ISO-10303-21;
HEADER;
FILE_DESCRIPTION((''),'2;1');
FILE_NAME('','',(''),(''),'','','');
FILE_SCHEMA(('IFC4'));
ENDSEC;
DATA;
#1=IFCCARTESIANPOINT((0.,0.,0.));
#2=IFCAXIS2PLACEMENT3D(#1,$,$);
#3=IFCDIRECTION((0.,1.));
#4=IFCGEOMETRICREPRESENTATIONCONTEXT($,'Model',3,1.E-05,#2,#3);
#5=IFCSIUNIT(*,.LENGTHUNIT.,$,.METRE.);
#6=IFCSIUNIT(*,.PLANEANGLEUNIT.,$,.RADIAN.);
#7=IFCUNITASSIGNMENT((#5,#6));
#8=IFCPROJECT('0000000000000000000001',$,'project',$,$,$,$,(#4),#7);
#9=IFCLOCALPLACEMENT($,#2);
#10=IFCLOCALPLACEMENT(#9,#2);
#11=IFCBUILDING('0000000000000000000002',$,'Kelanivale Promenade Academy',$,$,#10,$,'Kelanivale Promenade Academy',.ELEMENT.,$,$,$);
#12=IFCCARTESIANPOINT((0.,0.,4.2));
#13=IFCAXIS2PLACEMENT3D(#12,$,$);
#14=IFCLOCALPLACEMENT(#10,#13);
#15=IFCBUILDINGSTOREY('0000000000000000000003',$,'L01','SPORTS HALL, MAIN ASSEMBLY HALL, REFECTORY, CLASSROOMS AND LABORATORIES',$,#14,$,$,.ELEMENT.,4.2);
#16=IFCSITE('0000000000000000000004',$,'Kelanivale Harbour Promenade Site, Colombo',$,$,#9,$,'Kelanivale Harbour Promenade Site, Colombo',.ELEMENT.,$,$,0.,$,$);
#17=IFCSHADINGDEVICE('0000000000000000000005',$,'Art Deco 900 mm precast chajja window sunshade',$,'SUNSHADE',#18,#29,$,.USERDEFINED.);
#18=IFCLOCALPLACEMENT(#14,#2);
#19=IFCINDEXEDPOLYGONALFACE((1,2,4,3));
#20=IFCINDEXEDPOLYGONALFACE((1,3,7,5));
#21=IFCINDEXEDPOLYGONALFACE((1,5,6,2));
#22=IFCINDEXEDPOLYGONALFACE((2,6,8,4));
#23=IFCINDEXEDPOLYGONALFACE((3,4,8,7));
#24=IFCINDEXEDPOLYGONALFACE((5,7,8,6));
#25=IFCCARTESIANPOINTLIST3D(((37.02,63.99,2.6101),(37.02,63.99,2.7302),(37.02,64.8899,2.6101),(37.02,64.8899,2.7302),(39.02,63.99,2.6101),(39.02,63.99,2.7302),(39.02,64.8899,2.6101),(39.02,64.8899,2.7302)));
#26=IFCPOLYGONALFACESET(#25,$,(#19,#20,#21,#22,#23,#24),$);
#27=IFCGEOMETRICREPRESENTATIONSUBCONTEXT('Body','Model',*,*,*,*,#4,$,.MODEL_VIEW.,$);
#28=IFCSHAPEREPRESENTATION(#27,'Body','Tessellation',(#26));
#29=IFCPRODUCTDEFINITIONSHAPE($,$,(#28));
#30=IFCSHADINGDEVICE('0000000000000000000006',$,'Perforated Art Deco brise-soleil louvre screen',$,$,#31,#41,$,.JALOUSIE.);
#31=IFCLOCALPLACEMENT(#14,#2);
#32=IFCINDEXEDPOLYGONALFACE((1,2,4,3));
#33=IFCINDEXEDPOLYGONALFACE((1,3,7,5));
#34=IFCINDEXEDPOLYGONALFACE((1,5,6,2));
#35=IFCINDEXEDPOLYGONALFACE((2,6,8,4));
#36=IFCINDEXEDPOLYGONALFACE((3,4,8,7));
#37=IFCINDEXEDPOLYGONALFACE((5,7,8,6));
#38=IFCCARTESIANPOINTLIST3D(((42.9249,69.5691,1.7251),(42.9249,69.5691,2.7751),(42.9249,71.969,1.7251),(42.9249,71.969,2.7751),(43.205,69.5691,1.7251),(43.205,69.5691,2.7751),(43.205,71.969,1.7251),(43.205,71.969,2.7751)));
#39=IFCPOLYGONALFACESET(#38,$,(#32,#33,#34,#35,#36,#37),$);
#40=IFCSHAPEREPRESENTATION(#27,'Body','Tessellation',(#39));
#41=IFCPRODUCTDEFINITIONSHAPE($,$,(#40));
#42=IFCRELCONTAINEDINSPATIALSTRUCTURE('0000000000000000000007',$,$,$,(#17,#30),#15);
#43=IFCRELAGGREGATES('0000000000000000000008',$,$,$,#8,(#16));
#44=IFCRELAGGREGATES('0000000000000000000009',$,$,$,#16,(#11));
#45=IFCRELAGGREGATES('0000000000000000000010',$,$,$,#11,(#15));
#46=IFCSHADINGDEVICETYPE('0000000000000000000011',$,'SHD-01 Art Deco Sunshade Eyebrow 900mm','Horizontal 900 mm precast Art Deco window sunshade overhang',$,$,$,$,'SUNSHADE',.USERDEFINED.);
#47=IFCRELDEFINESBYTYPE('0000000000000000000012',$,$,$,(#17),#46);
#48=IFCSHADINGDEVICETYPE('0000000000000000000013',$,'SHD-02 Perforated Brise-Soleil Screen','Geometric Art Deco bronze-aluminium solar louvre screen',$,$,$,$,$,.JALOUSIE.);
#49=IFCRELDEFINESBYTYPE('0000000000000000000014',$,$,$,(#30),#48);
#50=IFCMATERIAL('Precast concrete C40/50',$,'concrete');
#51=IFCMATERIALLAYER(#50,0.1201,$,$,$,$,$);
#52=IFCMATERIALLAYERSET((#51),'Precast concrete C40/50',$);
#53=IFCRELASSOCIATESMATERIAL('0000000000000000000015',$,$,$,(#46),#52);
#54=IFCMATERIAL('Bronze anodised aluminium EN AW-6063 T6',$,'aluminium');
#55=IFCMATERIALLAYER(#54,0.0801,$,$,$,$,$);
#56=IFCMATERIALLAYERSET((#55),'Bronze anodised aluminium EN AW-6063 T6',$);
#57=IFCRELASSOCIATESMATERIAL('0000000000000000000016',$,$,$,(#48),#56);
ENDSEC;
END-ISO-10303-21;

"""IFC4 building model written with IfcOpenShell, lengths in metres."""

from ifc_helpers import new_model, si_unit, direction, frame, origin, origin_2d, place, context, subcontext, project, spatial, rectangle, extrude, material, layer, layer_set, type_object, element, save


model = new_model("IFC4")

# Units and contexts
model_context = context("Model", 3, precision=1e-05, world=origin(), true_north=direction((0.0, 1.0)))
body_context = subcontext(model_context, "Body", "Model", "MODEL_VIEW")
ifc_project = project(units=[si_unit("LENGTHUNIT", "METRE"), si_unit("PLANEANGLEUNIT", "RADIAN")], contexts=[model_context])

# Site, building, storey
site_placement = place(None, origin())
site = spatial("IfcSite", under=ifc_project, at=site_placement, Name="Kelanivale Harbour Promenade Site, Colombo", LongName="Kelanivale Harbour Promenade Site, Colombo", CompositionType="ELEMENT", RefElevation=0.0)
building_placement = place(site_placement, origin())
building = spatial("IfcBuilding", under=site, at=building_placement, Name="Kelanivale Promenade Academy", LongName="Kelanivale Promenade Academy", CompositionType="ELEMENT")
storey_placement = place(building_placement, frame((0.0, 0.0, 4.2)))
storey = spatial("IfcBuildingStorey", under=building, at=storey_placement, Name="L01", Description="SPORTS HALL, MAIN ASSEMBLY HALL, REFECTORY, CLASSROOMS AND LABORATORIES", CompositionType="ELEMENT", Elevation=4.2)

# Shading devices
ifc_material_1 = material(Name="Precast concrete C40/50", Category="concrete")
ifc_layer_1 = layer(ifc_material_1, 0.1201)
ifc_layer_set_1 = layer_set([ifc_layer_1], Name="Precast concrete C40/50")
shading_device_type_1 = type_object("IfcShadingDeviceType", Name="SHD-01 Art Deco Sunshade Eyebrow 900mm", Description="Horizontal 900 mm precast Art Deco window sunshade overhang", ElementType="SUNSHADE", PredefinedType="USERDEFINED", material=ifc_layer_set_1)
shading_device_1_placement = place(storey_placement, frame((38.02, 64.4399, 2.6101), z_axis=(0.0, 0.0, 1.0), x_axis=(-1.0, 0.0, 0.0)))
element("IfcShadingDevice", 1, at=shading_device_1_placement, inside=storey, type_object=shading_device_type_1, Name="Art Deco 900 mm precast chajja window sunshade", ObjectType="SUNSHADE", PredefinedType="USERDEFINED", context=body_context, shape_type="SweptSolid", body=[
    extrude(rectangle(XDim=2.0, YDim=0.8999, at=origin_2d()), origin(), (0.0, 0.0, 1.0), 0.1201),
])
ifc_material_2 = material(Name="Bronze anodised aluminium EN AW-6063 T6", Category="aluminium")
ifc_layer_2 = layer(ifc_material_2, 0.0801)
ifc_layer_set_2 = layer_set([ifc_layer_2], Name="Bronze anodised aluminium EN AW-6063 T6")
shading_device_type_2 = type_object("IfcShadingDeviceType", Name="SHD-02 Perforated Brise-Soleil Screen", Description="Geometric Art Deco bronze-aluminium solar louvre screen", PredefinedType="JALOUSIE", material=ifc_layer_set_2)
shading_device_2_placement = place(storey_placement, frame((43.0649, 70.769, 1.7251), z_axis=(0.0, 0.0, 1.0), x_axis=(0.0, -1.0, 0.0)))
element("IfcShadingDevice", 2, at=shading_device_2_placement, inside=storey, type_object=shading_device_type_2, Name="Perforated Art Deco brise-soleil louvre screen", PredefinedType="JALOUSIE", context=body_context, shape_type="SweptSolid", body=[
    extrude(rectangle(XDim=2.3999, YDim=0.28, at=origin_2d()), origin(), (0.0, 0.0, 1.0), 1.05),
])

save(model, "model.ifc")
